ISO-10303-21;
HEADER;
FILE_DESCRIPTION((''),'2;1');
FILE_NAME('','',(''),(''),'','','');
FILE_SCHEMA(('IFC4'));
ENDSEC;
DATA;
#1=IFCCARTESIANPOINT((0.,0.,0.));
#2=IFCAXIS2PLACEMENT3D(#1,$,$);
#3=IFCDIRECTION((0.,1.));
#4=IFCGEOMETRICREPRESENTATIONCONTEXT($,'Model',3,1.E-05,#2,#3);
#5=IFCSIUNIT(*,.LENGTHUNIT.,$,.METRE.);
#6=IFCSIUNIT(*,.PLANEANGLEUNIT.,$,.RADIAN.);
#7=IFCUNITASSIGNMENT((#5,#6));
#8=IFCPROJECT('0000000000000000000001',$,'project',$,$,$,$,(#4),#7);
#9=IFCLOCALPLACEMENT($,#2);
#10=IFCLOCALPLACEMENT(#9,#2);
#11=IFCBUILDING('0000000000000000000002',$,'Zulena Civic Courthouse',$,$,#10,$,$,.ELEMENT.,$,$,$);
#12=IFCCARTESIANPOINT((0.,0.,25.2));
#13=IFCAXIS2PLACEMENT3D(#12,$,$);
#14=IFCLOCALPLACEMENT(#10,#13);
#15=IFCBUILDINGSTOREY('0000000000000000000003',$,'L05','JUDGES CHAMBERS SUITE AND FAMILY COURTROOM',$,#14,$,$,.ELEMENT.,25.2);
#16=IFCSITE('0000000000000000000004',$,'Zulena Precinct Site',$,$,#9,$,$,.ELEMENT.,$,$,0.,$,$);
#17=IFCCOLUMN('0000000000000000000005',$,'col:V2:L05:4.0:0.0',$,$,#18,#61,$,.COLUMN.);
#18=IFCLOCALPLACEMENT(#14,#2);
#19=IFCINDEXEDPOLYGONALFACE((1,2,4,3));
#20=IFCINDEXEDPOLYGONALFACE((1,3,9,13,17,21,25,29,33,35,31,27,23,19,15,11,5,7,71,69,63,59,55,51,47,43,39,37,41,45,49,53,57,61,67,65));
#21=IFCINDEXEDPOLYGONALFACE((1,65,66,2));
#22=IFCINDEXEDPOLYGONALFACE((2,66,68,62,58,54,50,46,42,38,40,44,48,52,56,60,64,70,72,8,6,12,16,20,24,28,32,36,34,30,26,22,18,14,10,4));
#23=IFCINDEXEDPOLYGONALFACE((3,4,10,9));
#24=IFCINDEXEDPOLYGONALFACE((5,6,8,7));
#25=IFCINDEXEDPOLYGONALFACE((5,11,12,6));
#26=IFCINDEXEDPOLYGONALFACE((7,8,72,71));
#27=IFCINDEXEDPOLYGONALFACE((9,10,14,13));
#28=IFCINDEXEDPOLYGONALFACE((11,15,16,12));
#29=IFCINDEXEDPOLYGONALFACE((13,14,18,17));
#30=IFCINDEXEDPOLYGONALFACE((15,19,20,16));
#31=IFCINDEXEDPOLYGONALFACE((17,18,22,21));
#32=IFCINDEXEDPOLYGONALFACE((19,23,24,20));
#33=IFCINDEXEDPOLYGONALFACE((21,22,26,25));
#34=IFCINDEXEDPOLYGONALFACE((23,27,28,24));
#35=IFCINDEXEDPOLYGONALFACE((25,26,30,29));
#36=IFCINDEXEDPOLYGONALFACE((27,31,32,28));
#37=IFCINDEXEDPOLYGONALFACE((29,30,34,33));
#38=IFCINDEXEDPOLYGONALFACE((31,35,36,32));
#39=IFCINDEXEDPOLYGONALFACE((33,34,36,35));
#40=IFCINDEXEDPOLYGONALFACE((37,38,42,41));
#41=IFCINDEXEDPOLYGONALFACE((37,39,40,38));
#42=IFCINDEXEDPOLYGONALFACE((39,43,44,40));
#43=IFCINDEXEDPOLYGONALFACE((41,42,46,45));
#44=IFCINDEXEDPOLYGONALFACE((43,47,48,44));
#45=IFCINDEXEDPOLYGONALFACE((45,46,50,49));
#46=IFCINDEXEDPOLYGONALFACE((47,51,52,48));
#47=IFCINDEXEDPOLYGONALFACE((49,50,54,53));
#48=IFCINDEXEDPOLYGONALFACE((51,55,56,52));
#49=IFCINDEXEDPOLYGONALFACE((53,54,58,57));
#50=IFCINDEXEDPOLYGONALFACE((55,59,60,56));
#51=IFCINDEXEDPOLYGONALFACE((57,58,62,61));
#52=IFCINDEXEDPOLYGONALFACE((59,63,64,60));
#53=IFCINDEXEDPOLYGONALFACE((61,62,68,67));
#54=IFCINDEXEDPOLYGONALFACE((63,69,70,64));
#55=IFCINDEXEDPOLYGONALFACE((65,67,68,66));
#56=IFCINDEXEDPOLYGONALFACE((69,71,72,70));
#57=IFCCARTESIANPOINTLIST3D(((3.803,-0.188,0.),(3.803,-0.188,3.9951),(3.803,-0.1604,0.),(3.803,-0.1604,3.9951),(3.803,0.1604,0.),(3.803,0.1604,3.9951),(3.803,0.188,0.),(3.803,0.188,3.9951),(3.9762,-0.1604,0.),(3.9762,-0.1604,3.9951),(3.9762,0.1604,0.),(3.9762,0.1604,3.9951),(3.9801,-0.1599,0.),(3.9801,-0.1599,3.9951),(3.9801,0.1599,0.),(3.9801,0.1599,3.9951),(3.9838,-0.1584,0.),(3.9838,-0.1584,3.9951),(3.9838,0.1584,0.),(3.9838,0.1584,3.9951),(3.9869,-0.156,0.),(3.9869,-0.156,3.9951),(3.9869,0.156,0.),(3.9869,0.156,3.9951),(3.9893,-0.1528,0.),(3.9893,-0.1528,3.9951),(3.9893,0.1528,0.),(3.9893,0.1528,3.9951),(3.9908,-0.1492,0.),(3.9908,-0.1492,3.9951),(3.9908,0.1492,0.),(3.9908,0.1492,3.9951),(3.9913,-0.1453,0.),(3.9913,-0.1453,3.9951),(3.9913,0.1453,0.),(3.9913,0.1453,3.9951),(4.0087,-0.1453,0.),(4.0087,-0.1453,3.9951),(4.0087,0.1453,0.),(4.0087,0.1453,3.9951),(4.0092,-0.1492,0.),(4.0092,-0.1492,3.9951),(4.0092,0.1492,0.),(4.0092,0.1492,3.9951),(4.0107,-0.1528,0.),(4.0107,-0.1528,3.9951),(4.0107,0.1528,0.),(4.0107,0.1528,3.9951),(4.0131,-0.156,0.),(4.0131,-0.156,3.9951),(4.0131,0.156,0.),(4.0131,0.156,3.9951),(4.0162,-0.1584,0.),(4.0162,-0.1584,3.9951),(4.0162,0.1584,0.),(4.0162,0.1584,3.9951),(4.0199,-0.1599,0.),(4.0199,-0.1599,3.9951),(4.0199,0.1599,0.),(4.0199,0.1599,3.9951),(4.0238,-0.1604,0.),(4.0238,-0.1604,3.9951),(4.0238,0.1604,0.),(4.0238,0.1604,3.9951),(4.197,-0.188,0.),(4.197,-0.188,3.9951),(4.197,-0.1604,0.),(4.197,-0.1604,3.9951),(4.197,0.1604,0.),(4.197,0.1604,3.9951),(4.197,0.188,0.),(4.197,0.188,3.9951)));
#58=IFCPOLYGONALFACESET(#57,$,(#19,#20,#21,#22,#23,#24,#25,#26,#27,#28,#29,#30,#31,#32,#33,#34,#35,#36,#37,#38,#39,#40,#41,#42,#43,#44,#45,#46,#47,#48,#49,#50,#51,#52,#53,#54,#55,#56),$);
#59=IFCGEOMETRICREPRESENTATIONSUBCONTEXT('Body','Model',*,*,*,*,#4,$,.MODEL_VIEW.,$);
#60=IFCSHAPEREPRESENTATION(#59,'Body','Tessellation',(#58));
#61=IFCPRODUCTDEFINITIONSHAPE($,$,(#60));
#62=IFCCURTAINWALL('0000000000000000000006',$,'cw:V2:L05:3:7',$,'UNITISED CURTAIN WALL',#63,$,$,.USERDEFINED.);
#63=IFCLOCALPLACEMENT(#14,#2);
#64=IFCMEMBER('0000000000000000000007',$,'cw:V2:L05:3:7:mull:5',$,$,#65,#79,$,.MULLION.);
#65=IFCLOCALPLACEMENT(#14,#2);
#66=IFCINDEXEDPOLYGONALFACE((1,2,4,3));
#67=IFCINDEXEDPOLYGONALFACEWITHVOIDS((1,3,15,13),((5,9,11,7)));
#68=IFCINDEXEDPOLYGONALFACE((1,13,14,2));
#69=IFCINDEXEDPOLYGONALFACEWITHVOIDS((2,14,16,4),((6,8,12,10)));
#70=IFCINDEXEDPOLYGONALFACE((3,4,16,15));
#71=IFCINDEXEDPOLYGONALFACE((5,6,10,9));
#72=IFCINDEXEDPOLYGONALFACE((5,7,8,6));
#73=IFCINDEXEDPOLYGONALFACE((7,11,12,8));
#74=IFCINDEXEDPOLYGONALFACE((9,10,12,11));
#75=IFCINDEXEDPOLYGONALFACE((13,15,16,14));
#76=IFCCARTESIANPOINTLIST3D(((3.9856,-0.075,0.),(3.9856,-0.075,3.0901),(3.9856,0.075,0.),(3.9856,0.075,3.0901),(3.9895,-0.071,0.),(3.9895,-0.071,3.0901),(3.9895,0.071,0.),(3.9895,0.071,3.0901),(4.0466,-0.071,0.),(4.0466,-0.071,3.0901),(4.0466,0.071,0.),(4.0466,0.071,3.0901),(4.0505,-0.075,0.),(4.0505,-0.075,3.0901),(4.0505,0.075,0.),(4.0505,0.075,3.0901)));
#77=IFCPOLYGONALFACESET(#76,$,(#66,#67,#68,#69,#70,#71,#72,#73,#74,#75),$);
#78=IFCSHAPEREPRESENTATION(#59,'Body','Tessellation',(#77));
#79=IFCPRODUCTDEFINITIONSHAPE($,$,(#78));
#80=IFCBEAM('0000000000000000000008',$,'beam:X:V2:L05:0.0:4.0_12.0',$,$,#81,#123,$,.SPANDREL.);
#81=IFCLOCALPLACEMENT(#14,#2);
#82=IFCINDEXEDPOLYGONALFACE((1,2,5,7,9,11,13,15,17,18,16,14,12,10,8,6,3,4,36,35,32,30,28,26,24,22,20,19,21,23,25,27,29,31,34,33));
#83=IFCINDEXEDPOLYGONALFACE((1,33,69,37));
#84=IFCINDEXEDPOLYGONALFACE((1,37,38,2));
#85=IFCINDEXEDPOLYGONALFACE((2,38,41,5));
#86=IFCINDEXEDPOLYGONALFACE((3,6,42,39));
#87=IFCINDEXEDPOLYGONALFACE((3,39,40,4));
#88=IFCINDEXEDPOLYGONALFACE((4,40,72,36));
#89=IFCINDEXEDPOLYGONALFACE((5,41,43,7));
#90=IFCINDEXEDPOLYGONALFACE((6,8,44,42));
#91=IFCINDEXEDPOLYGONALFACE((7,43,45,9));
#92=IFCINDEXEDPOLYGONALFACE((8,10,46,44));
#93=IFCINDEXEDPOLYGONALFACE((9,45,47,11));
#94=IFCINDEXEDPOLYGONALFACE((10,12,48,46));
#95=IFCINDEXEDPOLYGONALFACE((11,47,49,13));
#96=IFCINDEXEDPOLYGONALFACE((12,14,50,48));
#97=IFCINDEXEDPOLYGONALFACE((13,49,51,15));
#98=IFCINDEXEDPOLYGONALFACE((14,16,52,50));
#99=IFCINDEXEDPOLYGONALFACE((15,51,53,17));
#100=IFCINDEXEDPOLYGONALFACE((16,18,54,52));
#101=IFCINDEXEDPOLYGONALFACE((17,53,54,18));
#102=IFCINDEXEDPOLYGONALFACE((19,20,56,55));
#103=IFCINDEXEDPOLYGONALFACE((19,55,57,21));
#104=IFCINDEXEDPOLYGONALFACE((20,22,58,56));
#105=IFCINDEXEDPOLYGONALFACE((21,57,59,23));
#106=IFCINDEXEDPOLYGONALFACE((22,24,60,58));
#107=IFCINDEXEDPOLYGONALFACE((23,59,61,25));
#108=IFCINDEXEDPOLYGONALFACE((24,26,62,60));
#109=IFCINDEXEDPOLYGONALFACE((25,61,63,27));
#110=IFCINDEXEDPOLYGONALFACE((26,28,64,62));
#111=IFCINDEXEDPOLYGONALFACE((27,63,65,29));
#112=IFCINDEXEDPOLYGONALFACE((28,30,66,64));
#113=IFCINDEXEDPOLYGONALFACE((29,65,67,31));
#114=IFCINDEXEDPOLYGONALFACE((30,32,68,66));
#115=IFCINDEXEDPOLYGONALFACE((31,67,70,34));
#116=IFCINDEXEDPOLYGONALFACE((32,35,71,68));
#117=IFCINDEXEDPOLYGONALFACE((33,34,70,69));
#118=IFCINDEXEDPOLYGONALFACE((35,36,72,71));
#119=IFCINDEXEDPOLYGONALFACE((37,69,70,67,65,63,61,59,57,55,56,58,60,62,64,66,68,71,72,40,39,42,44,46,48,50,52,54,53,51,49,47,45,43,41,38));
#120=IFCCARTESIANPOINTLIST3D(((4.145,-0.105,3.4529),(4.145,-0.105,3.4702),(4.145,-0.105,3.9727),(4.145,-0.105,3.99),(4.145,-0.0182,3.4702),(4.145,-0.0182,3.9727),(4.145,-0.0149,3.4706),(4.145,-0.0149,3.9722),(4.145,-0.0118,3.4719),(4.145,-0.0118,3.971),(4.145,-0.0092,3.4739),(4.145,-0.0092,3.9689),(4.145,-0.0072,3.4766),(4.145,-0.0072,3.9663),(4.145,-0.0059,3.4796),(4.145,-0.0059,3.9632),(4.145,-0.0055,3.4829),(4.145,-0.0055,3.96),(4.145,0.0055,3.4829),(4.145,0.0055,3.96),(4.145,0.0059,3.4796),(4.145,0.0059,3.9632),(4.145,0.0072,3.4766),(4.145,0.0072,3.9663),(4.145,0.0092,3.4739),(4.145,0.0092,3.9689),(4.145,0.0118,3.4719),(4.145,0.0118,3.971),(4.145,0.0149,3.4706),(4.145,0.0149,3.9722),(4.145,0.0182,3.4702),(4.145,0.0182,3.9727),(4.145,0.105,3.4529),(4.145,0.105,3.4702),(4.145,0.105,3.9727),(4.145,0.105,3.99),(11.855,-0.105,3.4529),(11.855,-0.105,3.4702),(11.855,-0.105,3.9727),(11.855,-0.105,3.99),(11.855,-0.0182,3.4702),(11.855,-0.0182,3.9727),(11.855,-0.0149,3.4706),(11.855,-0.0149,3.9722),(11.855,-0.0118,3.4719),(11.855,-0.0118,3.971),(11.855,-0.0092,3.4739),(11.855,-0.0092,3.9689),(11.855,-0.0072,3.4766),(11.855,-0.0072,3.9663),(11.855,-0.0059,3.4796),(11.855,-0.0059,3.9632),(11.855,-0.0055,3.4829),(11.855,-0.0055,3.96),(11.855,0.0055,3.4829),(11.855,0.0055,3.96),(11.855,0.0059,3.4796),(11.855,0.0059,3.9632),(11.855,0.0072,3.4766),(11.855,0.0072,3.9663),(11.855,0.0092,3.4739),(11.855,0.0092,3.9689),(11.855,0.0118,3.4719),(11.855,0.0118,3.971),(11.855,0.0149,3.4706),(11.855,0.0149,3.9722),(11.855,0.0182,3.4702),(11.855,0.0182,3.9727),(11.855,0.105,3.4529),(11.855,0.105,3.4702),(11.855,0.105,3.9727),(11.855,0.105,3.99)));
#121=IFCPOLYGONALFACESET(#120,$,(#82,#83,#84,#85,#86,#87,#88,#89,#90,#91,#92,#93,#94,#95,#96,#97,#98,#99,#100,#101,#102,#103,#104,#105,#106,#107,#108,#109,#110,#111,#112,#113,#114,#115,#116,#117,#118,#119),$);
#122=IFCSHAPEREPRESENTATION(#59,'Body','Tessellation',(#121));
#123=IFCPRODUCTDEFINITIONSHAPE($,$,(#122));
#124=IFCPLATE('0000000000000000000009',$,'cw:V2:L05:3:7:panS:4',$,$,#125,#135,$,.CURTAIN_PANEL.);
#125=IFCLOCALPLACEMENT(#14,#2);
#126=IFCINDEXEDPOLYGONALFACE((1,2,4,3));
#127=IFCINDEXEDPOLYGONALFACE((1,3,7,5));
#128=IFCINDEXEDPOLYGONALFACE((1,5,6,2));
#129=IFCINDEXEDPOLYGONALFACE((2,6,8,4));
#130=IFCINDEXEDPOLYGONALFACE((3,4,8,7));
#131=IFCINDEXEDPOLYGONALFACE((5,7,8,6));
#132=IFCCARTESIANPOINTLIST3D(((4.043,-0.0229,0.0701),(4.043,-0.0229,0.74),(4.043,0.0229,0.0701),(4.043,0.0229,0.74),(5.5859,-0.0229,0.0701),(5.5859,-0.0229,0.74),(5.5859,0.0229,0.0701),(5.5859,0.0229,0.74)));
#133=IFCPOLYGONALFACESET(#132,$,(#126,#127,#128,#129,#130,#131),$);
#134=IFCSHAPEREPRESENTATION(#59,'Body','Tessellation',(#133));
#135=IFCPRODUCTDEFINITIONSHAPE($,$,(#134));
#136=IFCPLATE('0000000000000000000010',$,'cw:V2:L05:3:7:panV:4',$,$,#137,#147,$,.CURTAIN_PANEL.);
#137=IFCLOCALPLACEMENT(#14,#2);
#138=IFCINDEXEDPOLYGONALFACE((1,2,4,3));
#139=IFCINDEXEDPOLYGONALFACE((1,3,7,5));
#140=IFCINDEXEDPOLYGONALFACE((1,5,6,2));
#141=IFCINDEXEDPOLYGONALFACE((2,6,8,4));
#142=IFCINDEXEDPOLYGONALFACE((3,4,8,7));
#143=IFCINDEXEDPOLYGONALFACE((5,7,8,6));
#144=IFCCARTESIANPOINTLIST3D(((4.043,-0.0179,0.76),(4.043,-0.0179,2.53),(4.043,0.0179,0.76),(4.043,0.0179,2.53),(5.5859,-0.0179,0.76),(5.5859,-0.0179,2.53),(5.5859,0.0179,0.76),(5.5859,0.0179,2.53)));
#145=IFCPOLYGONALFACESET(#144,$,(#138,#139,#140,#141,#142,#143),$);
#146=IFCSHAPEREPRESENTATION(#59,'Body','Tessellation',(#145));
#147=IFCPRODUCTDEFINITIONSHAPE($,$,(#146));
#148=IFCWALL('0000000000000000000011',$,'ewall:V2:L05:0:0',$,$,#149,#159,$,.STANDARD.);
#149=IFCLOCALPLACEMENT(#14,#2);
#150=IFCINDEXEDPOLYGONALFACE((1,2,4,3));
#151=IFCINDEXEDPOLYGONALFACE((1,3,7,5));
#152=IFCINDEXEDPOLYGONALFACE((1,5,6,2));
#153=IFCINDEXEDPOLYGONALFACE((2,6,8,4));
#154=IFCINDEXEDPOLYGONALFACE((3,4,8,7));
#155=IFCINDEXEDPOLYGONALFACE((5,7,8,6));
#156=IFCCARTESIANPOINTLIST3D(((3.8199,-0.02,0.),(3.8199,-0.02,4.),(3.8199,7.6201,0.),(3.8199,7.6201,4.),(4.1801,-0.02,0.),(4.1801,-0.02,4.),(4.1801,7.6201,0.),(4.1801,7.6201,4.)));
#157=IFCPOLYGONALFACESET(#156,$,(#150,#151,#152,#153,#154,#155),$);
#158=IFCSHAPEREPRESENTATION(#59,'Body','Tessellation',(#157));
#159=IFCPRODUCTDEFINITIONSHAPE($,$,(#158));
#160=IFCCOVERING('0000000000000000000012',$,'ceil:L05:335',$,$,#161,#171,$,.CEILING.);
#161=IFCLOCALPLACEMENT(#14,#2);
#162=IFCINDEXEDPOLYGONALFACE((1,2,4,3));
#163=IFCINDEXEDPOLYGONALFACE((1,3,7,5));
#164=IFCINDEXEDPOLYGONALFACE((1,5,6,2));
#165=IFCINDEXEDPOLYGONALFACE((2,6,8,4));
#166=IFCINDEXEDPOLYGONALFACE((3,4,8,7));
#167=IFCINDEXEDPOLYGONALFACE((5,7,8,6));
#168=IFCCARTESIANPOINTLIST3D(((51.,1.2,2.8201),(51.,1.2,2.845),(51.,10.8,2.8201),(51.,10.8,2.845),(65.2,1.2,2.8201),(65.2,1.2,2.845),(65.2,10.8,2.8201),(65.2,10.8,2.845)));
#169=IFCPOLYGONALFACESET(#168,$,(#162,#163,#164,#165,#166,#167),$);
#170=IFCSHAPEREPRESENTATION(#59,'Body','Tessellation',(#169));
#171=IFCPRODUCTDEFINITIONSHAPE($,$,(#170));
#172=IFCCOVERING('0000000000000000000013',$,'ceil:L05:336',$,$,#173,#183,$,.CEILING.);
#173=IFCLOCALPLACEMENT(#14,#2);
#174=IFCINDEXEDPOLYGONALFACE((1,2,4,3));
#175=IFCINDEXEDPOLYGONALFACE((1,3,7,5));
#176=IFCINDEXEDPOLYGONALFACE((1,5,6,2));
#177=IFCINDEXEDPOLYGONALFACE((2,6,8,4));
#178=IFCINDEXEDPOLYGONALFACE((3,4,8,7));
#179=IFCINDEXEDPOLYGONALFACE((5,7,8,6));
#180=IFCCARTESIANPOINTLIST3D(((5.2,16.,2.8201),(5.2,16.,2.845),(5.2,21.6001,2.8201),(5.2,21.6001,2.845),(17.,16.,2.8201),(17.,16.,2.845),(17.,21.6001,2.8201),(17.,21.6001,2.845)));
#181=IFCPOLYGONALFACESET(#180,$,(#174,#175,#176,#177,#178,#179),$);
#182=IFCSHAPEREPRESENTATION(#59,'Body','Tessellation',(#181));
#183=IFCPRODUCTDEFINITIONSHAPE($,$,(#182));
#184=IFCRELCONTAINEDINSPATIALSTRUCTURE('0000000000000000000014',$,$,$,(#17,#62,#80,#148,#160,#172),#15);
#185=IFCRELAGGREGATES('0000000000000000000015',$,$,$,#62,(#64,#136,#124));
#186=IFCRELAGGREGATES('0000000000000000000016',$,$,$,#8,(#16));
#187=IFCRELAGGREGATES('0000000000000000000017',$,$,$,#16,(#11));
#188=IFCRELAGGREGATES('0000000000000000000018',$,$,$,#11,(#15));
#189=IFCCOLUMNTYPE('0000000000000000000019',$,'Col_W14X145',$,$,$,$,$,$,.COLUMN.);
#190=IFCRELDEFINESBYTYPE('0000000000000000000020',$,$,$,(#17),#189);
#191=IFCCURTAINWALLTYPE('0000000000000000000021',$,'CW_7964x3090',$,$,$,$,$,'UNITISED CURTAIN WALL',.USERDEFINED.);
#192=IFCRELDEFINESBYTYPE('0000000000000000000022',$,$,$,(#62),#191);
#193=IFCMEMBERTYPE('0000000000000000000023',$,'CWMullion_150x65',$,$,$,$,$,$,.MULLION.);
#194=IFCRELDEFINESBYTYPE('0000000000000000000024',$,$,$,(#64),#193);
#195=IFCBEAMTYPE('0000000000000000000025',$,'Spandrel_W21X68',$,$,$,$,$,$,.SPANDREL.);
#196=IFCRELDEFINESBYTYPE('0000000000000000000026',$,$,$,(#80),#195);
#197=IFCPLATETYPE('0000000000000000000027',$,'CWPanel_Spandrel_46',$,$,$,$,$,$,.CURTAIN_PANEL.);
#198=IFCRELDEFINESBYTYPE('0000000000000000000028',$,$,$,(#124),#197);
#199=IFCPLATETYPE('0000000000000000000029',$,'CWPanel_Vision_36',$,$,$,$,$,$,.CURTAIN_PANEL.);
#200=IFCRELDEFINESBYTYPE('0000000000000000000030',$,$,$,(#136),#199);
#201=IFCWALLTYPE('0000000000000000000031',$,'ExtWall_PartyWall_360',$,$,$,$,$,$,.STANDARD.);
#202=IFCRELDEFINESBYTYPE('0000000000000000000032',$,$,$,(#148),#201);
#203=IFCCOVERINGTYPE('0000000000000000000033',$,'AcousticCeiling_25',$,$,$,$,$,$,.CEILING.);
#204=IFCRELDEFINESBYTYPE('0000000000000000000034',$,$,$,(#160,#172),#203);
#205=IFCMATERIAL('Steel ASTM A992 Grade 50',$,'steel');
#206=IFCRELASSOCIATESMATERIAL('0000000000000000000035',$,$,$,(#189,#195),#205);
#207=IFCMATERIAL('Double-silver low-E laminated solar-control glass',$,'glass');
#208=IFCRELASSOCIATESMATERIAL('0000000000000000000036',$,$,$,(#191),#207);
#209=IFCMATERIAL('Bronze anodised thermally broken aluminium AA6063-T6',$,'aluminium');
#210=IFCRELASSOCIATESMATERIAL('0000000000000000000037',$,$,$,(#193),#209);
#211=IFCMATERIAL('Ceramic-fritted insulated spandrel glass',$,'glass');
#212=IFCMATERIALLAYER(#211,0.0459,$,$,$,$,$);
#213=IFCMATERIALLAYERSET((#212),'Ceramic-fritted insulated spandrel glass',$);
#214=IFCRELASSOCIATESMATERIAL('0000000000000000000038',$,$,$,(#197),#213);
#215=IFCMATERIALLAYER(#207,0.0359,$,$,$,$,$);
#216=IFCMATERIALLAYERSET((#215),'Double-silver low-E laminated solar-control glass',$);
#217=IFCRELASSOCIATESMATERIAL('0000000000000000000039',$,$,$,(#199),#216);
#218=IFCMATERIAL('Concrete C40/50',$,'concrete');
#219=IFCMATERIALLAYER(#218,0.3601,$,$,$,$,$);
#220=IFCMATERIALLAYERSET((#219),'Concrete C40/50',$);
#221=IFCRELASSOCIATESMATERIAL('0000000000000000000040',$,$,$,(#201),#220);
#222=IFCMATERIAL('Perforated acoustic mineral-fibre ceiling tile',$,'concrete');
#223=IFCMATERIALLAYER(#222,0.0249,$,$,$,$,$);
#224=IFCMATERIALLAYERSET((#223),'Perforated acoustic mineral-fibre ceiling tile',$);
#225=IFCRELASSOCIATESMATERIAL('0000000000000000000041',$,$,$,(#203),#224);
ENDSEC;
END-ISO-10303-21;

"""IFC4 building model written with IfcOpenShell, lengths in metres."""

from ifc_helpers import new_model, si_unit, direction, frame, frame_2d, origin, origin_2d, place, context, subcontext, project, spatial, polyline, rectangle, hollow_rectangle, i_section, outline, extrude, material, layer, layer_set, material_profile, profile_set, type_object, element, aggregate, save


model = new_model("IFC4")

# Units and contexts
model_context = context("Model", 3, precision=1e-05, world=origin(), true_north=direction((0.0, 1.0)))
body_context = subcontext(model_context, "Body", "Model", "MODEL_VIEW")
ifc_project = project(units=[si_unit("LENGTHUNIT", "METRE"), si_unit("PLANEANGLEUNIT", "RADIAN")], contexts=[model_context])

# Site, building, storey
site_placement = place(None, origin())
site = spatial("IfcSite", under=ifc_project, at=site_placement, Name="Zulena Precinct Site", CompositionType="ELEMENT", RefElevation=0.0)
building_placement = place(site_placement, origin())
building = spatial("IfcBuilding", under=site, at=building_placement, Name="Zulena Civic Courthouse", CompositionType="ELEMENT")
storey_placement = place(building_placement, frame((0.0, 0.0, 25.2)))
storey = spatial("IfcBuildingStorey", under=building, at=storey_placement, Name="L05", Description="JUDGES CHAMBERS SUITE AND FAMILY COURTROOM", CompositionType="ELEMENT", Elevation=25.2)

# Column
ifc_material_1 = material(Name="Steel ASTM A992 Grade 50", Category="steel")
ifc_material_profile_1 = material_profile(ifc_material_1, i_section(OverallWidth=0.394, OverallDepth=0.376, WebThickness=0.0173, FlangeThickness=0.0276, FilletRadius=0.0151, at=origin_2d()), Name="W14X145")
ifc_profile_set_1 = profile_set([ifc_material_profile_1], Name="Steel ASTM A992 Grade 50")
column_type = type_object("IfcColumnType", Name="Col_W14X145", PredefinedType="COLUMN", material=ifc_profile_set_1)
column_placement = place(storey_placement, frame((4.0, 0.0, 0.0), z_axis=(0.0, 0.0, 1.0), x_axis=(1.0, 0.0, 0.0)))
element("IfcColumn", 1, at=column_placement, inside=storey, type_object=column_type, Name="col:V2:L05:4.0:0.0", PredefinedType="COLUMN", context=body_context, shape_type="SweptSolid", body=[
    extrude(i_section(OverallWidth=0.394, OverallDepth=0.376, WebThickness=0.0173, FlangeThickness=0.0276, FilletRadius=0.0151, at=origin_2d()), origin(), (0.0, 0.0, 1.0), 3.9951),
])

# Curtain wall, member
ifc_material_2 = material(Name="Double-silver low-E laminated solar-control glass", Category="glass")
curtain_wall_type = type_object("IfcCurtainWallType", Name="CW_7964x3090", ElementType="UNITISED CURTAIN WALL", PredefinedType="USERDEFINED", material=ifc_material_2)
curtain_wall_placement = place(storey_placement, origin())
curtain_wall = element("IfcCurtainWall", 2, at=curtain_wall_placement, inside=storey, type_object=curtain_wall_type, Name="cw:V2:L05:3:7", ObjectType="UNITISED CURTAIN WALL", PredefinedType="USERDEFINED")
ifc_material_3 = material(Name="Bronze anodised thermally broken aluminium AA6063-T6", Category="aluminium")
ifc_material_profile_2 = material_profile(ifc_material_3, hollow_rectangle(XDim=0.0649, YDim=0.1499, WallThickness=0.0039, at=origin_2d()), Name="CWM150X65X4")
ifc_profile_set_2 = profile_set([ifc_material_profile_2], Name="Bronze anodised thermally broken aluminium AA6063-T6")
member_type = type_object("IfcMemberType", Name="CWMullion_150x65", PredefinedType="MULLION", material=ifc_profile_set_2)
member_placement = place(storey_placement, frame((4.0181, 0.0, 0.0), z_axis=(0.0, 0.0, 1.0), x_axis=(1.0, 0.0, 0.0)))
member = element("IfcMember", 3, at=member_placement, type_object=member_type, Name="cw:V2:L05:3:7:mull:5", PredefinedType="MULLION", context=body_context, shape_type="SweptSolid", body=[
    extrude(hollow_rectangle(XDim=0.0649, YDim=0.1499, WallThickness=0.0039, at=origin_2d()), origin(), (0.0, 0.0, 1.0), 3.0901),
])

# Beam
ifc_material_profile_3 = material_profile(ifc_material_1, i_section(OverallWidth=0.21, OverallDepth=0.5371, WebThickness=0.011, FlangeThickness=0.0173, FilletRadius=0.0127, at=origin_2d()), Name="W21X68")
ifc_profile_set_3 = profile_set([ifc_material_profile_3], Name="Steel ASTM A992 Grade 50")
beam_type = type_object("IfcBeamType", Name="Spandrel_W21X68", PredefinedType="SPANDREL", material=ifc_profile_set_3)
beam_placement = place(storey_placement, frame((4.145, 0.0, 3.7214), z_axis=(1.0, 0.0, 0.0), x_axis=(0.0, 1.0, 0.0)))
element("IfcBeam", 4, at=beam_placement, inside=storey, type_object=beam_type, Name="beam:X:V2:L05:0.0:4.0_12.0", PredefinedType="SPANDREL", context=body_context, shape_type="SweptSolid", body=[
    extrude(i_section(OverallWidth=0.21, OverallDepth=0.5371, WebThickness=0.011, FlangeThickness=0.0173, FilletRadius=0.0127, at=origin_2d()), origin(), (0.0, 0.0, 1.0), 7.71),
])

# Plates
ifc_material_4 = material(Name="Ceramic-fritted insulated spandrel glass", Category="glass")
ifc_layer_1 = layer(ifc_material_4, 0.0459)
ifc_layer_set_1 = layer_set([ifc_layer_1], Name="Ceramic-fritted insulated spandrel glass")
plate_type_1 = type_object("IfcPlateType", Name="CWPanel_Spandrel_46", PredefinedType="CURTAIN_PANEL", material=ifc_layer_set_1)
plate_1_placement = place(storey_placement, frame((4.8145, 0.0, 0.0701), z_axis=(0.0, 0.0, 1.0), x_axis=(-1.0, 0.0, 0.0)))
plate_1 = element("IfcPlate", 5, at=plate_1_placement, type_object=plate_type_1, Name="cw:V2:L05:3:7:panS:4", PredefinedType="CURTAIN_PANEL", context=body_context, shape_type="SweptSolid", body=[
    extrude(rectangle(XDim=1.543, YDim=0.0459, at=origin_2d()), origin(), (0.0, 0.0, 1.0), 0.6699),
])
ifc_layer_2 = layer(ifc_material_2, 0.0359)
ifc_layer_set_2 = layer_set([ifc_layer_2], Name="Double-silver low-E laminated solar-control glass")
plate_type_2 = type_object("IfcPlateType", Name="CWPanel_Vision_36", PredefinedType="CURTAIN_PANEL", material=ifc_layer_set_2)
plate_2_placement = place(storey_placement, frame((4.8145, 0.0, 0.76), z_axis=(0.0, 0.0, 1.0), x_axis=(-1.0, 0.0, 0.0)))
plate_2 = element("IfcPlate", 6, at=plate_2_placement, type_object=plate_type_2, Name="cw:V2:L05:3:7:panV:4", PredefinedType="CURTAIN_PANEL", context=body_context, shape_type="SweptSolid", body=[
    extrude(rectangle(XDim=1.543, YDim=0.0359, at=origin_2d()), origin(), (0.0, 0.0, 1.0), 1.77),
])
aggregate(curtain_wall, [member, plate_2, plate_1])

# Wall
ifc_material_5 = material(Name="Concrete C40/50", Category="concrete")
ifc_layer_3 = layer(ifc_material_5, 0.3601)
ifc_layer_set_3 = layer_set([ifc_layer_3], Name="Concrete C40/50")
wall_type = type_object("IfcWallType", Name="ExtWall_PartyWall_360", PredefinedType="STANDARD", material=ifc_layer_set_3)
wall_placement = place(storey_placement, frame((4.0, -0.02, 0.0), z_axis=(0.0, 0.0, 1.0), x_axis=(0.0, 1.0, 0.0)))
element("IfcWall", 7, at=wall_placement, inside=storey, type_object=wall_type, Name="ewall:V2:L05:0:0", PredefinedType="STANDARD", context=body_context, shape_type="SweptSolid", body=[
    extrude(rectangle(XDim=7.6401, YDim=0.3601, at=frame_2d((3.8201, 0.0))), origin(), (0.0, 0.0, 1.0), 4.0),
])

# Coverings
ifc_material_6 = material(Name="Perforated acoustic mineral-fibre ceiling tile", Category="concrete")
ifc_layer_4 = layer(ifc_material_6, 0.0249)
ifc_layer_set_4 = layer_set([ifc_layer_4], Name="Perforated acoustic mineral-fibre ceiling tile")
covering_type_1 = type_object("IfcCoveringType", Name="AcousticCeiling_25", PredefinedType="CEILING", material=ifc_layer_set_4)
covering_1_placement = place(storey_placement, frame((0.0, 0.0, 2.8201)))
element("IfcCovering", 8, at=covering_1_placement, inside=storey, type_object=covering_type_1, Name="ceil:L05:335", PredefinedType="CEILING", context=body_context, shape_type="SweptSolid", body=[
    extrude(outline(polyline([(51.0, 1.2), (65.2, 1.2), (65.2, 10.8), (51.0, 10.8), (51.0, 1.2)])), origin(), (0.0, 0.0, 1.0), 0.0249),
])
covering_2_placement = place(storey_placement, frame((0.0, 0.0, 2.8201)))
element("IfcCovering", 9, at=covering_2_placement, inside=storey, type_object=covering_type_1, Name="ceil:L05:336", PredefinedType="CEILING", context=body_context, shape_type="SweptSolid", body=[
    extrude(outline(polyline([(5.2, 16.0), (17.0, 16.0), (17.0, 21.6001), (5.2, 21.6001), (5.2, 16.0)])), origin(), (0.0, 0.0, 1.0), 0.0249),
])

save(model, "model.ifc")
